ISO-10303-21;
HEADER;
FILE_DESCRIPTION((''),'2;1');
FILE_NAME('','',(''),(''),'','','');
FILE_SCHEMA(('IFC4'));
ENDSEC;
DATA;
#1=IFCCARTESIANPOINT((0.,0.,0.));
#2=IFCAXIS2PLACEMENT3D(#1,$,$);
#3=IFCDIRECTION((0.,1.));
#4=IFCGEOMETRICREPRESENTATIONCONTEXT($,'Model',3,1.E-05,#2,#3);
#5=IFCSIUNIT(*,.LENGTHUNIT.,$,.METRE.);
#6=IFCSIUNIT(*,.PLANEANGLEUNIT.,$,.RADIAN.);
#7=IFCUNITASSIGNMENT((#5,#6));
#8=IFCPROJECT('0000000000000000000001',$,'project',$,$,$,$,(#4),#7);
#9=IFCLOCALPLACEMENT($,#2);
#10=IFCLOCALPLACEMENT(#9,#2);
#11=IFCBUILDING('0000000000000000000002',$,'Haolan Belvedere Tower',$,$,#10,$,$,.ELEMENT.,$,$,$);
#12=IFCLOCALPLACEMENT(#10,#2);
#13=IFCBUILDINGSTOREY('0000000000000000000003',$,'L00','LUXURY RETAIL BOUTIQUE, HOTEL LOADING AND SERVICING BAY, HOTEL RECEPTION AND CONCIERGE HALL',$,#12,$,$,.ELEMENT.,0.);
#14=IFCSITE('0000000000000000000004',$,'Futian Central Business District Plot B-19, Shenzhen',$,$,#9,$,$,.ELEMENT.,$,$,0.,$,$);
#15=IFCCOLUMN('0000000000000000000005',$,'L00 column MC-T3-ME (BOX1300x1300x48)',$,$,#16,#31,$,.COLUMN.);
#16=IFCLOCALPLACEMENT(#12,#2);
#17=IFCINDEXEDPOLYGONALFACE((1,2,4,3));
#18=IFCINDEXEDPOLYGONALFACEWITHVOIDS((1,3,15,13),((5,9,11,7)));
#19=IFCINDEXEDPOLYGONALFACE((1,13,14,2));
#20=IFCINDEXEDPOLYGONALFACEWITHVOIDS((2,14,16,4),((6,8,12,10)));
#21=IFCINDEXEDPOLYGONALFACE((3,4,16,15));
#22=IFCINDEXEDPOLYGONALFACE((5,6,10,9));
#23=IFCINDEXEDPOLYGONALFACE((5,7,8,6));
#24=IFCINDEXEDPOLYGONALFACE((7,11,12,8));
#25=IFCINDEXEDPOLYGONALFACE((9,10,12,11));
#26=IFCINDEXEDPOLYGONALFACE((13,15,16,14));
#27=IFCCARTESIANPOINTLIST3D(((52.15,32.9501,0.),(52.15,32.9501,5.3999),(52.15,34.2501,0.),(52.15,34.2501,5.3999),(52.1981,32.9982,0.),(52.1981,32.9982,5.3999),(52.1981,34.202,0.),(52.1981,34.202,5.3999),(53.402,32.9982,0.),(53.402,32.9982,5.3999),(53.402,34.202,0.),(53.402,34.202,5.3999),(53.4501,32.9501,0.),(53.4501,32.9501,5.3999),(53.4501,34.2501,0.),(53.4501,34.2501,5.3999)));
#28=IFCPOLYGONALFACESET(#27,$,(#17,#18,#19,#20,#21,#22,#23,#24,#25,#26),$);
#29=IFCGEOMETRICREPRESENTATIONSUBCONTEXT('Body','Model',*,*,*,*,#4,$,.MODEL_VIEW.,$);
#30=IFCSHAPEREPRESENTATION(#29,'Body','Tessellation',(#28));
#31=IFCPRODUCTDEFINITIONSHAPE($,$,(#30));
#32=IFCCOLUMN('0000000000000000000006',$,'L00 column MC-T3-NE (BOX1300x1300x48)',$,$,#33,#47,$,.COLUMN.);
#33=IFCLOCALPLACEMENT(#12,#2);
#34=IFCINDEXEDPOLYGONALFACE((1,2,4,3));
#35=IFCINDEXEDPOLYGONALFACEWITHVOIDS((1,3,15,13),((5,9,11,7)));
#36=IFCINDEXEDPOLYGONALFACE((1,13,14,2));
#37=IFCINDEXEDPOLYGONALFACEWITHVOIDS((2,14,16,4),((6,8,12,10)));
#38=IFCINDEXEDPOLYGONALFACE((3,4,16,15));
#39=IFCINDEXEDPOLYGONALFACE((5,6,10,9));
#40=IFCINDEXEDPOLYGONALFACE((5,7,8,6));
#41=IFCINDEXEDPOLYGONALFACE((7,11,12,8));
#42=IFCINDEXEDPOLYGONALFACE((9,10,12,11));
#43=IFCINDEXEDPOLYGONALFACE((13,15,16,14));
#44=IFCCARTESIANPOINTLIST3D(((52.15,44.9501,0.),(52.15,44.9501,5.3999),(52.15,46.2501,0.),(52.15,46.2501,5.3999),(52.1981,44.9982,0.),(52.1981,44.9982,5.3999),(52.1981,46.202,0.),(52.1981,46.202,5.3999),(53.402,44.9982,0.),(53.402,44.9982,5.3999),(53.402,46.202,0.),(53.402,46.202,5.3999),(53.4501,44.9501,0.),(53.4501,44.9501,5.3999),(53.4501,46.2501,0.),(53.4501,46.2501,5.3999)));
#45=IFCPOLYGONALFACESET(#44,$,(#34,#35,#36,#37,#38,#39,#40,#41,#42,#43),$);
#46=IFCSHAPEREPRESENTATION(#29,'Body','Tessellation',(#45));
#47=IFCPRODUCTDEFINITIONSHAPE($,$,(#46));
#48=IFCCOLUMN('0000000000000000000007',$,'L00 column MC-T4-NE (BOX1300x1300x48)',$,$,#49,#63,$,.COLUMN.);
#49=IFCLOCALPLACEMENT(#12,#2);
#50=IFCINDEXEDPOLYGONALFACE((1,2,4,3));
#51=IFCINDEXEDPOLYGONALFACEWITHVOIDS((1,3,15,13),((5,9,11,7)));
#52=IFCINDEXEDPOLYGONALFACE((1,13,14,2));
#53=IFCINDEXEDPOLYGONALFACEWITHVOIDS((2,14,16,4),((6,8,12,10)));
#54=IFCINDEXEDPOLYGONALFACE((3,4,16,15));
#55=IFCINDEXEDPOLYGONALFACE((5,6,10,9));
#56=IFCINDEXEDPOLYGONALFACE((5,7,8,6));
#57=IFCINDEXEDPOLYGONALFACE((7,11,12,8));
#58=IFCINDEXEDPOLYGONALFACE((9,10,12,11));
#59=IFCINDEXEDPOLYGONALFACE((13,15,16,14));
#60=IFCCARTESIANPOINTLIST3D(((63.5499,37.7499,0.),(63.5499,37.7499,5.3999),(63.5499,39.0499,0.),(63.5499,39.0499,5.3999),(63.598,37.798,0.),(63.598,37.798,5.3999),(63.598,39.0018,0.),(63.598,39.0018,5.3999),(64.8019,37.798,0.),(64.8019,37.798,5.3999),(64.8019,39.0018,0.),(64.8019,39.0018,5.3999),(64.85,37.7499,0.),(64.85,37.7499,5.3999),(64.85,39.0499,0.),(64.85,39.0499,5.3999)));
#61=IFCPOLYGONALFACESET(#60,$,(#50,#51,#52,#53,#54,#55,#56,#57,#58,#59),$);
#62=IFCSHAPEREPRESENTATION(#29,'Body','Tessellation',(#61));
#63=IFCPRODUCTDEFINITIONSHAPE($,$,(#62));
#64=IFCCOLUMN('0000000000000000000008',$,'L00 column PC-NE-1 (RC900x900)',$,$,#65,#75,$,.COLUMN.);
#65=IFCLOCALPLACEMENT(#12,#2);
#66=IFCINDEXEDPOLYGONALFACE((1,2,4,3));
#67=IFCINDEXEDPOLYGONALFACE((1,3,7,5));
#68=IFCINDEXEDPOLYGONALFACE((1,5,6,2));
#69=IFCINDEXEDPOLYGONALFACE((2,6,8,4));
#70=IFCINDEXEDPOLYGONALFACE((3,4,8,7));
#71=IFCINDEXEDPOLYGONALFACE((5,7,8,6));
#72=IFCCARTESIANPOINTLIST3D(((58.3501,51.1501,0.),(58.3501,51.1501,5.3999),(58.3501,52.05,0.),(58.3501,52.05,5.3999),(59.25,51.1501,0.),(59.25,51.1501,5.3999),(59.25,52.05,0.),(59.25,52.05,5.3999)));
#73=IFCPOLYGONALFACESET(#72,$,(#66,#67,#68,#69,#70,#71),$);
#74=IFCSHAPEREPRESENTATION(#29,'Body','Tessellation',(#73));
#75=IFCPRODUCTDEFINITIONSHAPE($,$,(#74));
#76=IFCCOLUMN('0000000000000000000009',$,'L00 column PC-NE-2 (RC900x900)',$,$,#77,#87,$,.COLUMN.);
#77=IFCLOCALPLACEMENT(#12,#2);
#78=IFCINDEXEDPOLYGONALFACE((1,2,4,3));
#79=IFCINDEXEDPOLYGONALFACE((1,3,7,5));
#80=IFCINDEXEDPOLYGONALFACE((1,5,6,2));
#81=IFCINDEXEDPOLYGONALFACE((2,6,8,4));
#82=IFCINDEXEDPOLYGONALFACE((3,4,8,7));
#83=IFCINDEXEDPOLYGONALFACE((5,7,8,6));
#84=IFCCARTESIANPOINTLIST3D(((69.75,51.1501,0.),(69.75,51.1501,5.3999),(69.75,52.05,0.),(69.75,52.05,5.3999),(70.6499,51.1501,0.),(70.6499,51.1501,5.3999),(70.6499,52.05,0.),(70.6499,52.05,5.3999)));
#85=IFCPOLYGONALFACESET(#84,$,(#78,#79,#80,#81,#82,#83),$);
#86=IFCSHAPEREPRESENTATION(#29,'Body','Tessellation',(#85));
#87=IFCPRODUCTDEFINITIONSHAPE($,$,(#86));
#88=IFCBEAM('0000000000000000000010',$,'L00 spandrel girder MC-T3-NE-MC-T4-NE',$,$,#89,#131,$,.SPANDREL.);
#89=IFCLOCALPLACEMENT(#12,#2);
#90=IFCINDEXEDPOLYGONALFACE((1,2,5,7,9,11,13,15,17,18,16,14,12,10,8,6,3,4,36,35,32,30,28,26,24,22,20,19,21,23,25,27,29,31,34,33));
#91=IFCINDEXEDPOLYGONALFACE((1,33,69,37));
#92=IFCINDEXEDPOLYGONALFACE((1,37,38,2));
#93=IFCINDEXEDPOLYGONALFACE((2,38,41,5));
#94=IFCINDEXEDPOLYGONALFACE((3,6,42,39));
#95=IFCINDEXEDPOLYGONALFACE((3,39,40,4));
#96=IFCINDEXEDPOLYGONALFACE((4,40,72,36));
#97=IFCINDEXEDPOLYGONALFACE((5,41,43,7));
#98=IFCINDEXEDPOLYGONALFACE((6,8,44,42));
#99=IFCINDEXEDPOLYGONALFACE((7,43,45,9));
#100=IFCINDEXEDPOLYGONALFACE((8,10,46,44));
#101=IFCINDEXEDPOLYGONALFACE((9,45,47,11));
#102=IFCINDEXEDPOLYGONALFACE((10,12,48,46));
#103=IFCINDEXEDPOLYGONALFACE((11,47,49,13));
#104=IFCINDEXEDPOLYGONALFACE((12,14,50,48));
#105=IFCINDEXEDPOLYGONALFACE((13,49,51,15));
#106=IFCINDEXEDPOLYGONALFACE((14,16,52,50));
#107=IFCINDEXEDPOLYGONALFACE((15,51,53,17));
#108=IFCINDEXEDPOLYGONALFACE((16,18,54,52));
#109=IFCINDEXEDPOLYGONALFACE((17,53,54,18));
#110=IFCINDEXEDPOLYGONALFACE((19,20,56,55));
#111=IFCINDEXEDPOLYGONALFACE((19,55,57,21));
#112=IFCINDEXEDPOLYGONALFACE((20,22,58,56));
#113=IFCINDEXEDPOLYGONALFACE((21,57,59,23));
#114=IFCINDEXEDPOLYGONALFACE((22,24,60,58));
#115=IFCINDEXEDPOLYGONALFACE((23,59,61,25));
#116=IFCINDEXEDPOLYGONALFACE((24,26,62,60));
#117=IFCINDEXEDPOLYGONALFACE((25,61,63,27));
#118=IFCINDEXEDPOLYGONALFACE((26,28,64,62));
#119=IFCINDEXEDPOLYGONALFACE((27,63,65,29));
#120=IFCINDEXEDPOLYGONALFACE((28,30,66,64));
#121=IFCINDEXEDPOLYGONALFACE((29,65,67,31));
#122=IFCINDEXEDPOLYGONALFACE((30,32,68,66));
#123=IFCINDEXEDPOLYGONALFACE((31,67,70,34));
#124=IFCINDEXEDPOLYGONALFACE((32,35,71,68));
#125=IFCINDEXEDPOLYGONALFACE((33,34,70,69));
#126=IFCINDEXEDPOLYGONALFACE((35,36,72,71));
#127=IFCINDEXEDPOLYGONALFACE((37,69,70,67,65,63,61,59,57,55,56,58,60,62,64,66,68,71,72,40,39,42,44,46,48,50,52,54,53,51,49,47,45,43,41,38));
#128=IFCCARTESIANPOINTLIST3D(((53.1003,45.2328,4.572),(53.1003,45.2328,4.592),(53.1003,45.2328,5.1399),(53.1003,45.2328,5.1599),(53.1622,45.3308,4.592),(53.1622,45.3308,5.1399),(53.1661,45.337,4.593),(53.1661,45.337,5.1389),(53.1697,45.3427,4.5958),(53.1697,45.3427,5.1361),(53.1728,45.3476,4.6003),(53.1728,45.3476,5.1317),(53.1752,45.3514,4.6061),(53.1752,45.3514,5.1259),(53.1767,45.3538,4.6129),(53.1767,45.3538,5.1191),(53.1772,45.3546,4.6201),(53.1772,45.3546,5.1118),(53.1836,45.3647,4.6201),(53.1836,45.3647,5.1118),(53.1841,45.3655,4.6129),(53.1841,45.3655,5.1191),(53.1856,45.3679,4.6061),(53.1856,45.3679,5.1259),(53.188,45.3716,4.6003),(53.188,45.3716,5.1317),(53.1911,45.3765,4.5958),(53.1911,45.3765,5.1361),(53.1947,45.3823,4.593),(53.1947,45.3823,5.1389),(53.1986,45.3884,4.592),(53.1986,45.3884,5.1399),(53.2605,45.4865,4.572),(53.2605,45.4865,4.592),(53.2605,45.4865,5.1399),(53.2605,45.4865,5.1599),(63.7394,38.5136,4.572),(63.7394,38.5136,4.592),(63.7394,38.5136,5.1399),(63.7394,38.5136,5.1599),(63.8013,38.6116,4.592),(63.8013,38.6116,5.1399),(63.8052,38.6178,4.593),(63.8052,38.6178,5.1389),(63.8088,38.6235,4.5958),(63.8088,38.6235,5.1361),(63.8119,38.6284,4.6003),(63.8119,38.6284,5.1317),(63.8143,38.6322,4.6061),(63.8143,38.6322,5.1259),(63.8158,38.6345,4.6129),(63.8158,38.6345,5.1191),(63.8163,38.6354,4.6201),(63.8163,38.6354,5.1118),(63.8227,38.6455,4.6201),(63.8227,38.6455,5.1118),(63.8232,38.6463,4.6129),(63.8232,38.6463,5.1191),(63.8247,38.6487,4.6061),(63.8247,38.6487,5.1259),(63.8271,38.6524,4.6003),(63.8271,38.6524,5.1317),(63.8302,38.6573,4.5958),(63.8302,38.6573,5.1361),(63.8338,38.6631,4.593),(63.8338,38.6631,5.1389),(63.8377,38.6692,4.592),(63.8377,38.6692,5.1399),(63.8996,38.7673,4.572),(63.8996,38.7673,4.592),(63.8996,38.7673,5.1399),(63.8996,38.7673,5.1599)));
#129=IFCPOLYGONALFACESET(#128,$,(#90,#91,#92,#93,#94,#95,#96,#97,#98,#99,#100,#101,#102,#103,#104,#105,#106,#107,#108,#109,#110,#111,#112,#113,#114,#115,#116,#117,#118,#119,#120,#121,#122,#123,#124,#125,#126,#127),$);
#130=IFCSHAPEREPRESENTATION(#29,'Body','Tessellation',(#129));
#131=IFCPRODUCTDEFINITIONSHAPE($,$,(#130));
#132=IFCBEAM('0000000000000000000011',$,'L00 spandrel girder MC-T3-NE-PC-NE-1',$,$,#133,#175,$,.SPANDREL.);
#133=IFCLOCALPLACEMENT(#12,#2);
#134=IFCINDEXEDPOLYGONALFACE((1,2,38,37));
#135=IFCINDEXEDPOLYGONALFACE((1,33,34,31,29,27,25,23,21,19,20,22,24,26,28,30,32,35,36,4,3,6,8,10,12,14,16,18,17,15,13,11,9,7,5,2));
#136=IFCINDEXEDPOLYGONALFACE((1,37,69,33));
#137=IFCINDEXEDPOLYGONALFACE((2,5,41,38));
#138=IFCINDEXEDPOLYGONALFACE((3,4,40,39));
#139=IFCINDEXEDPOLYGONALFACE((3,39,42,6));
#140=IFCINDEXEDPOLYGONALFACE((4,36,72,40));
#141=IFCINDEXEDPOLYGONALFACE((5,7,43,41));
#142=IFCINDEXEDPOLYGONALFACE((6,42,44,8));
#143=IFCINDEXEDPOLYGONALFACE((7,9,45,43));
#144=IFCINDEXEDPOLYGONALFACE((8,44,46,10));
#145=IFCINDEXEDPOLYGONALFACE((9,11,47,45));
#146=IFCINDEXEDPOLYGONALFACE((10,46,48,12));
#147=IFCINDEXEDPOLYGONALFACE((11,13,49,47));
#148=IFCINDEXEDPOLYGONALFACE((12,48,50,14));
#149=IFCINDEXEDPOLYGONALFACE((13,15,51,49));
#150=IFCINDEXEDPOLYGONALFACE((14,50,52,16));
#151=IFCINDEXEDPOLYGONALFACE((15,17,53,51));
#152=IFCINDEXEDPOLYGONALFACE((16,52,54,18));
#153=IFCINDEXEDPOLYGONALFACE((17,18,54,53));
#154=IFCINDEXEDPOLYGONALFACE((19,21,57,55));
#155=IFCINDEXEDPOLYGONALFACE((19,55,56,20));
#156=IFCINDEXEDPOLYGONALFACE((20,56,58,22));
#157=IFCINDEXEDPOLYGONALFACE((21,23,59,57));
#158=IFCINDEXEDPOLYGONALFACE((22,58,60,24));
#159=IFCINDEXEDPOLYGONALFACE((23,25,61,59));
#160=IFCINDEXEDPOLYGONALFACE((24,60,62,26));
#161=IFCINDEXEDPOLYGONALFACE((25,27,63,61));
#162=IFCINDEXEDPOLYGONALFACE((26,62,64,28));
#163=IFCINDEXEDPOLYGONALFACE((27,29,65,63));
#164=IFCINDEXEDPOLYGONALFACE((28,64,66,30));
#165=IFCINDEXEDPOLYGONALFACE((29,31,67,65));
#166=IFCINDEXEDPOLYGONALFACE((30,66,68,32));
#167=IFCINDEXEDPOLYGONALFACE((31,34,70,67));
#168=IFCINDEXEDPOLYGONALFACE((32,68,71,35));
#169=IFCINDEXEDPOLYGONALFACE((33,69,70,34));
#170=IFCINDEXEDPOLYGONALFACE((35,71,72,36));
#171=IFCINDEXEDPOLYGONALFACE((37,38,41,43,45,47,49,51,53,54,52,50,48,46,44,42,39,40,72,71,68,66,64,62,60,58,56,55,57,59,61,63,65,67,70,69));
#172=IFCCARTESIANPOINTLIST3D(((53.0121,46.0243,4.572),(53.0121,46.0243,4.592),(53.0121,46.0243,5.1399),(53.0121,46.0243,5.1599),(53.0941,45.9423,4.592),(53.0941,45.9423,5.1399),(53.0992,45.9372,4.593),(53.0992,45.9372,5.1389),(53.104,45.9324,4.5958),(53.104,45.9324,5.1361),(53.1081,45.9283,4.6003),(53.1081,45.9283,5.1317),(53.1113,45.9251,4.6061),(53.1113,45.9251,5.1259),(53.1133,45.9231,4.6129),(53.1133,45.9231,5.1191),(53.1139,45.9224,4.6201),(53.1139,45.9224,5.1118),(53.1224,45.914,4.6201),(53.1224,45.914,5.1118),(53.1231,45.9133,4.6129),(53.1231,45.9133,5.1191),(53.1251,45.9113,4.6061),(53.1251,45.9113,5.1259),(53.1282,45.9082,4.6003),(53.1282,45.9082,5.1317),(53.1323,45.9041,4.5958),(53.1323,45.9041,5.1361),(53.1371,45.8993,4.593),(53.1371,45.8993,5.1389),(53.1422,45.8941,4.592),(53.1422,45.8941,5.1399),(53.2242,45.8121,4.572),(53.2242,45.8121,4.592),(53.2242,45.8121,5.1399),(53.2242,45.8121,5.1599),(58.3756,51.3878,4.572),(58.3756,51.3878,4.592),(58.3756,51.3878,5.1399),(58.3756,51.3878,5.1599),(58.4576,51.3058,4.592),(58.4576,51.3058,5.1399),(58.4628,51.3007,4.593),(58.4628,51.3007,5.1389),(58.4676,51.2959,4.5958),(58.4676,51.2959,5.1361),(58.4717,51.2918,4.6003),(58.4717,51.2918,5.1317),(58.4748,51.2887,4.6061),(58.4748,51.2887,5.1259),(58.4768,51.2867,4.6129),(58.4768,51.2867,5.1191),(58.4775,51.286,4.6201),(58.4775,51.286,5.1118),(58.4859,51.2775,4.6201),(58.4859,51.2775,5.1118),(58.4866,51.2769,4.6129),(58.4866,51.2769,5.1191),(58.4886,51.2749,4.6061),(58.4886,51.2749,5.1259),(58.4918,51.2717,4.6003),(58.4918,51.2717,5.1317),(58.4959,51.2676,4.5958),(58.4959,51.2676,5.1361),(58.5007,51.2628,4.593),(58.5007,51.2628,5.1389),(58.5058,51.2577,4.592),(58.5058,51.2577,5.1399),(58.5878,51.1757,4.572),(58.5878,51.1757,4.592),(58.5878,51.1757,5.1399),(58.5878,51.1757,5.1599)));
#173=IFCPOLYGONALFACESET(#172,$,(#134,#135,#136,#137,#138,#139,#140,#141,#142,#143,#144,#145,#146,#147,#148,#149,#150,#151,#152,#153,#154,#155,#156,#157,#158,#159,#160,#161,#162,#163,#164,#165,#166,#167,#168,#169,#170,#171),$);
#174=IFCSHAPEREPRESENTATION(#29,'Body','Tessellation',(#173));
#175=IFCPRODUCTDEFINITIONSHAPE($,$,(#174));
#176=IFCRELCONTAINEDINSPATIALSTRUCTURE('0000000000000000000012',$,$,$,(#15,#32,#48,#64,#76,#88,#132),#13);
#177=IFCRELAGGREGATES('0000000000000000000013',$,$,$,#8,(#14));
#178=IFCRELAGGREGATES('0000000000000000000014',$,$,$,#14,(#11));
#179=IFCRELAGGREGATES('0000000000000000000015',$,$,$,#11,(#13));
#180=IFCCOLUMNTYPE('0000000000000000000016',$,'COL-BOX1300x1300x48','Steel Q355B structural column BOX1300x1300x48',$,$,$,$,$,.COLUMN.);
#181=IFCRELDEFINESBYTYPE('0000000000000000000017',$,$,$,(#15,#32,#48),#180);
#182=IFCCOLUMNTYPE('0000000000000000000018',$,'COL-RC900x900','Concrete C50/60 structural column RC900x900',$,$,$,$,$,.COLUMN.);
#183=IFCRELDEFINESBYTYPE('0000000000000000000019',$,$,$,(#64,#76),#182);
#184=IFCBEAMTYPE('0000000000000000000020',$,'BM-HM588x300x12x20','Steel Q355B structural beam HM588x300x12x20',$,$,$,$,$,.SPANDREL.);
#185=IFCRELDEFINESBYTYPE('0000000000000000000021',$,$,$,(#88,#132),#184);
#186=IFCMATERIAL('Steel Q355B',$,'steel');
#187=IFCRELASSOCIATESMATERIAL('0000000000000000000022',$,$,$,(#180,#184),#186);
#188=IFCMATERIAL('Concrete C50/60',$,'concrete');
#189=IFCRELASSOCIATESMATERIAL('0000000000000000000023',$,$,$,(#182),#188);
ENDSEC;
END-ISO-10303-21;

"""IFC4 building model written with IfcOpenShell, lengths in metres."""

from ifc_helpers import new_model, si_unit, direction, frame, origin, origin_2d, place, context, subcontext, project, spatial, rectangle, hollow_rectangle, i_section, extrude, material, material_profile, profile_set, type_object, element, save


model = new_model("IFC4")

# Units and contexts
model_context = context("Model", 3, precision=1e-05, world=origin(), true_north=direction((0.0, 1.0)))
body_context = subcontext(model_context, "Body", "Model", "MODEL_VIEW")
ifc_project = project(units=[si_unit("LENGTHUNIT", "METRE"), si_unit("PLANEANGLEUNIT", "RADIAN")], contexts=[model_context])

# Site, building, storey
site_placement = place(None, origin())
site = spatial("IfcSite", under=ifc_project, at=site_placement, Name="Futian Central Business District Plot B-19, Shenzhen", CompositionType="ELEMENT", RefElevation=0.0)
building_placement = place(site_placement, origin())
building = spatial("IfcBuilding", under=site, at=building_placement, Name="Haolan Belvedere Tower", CompositionType="ELEMENT")
storey_placement = place(building_placement, origin())
storey = spatial("IfcBuildingStorey", under=building, at=storey_placement, Name="L00", Description="LUXURY RETAIL BOUTIQUE, HOTEL LOADING AND SERVICING BAY, HOTEL RECEPTION AND CONCIERGE HALL", CompositionType="ELEMENT", Elevation=0.0)

# Columns
ifc_material_1 = material(Name="Steel Q355B", Category="steel")
ifc_material_profile_1 = material_profile(ifc_material_1, hollow_rectangle(XDim=1.3, YDim=1.3, WallThickness=0.0481, at=origin_2d()), Name="Steel Q355B")
ifc_profile_set_1 = profile_set([ifc_material_profile_1], Name="Steel Q355B")
column_type_1 = type_object("IfcColumnType", Name="COL-BOX1300x1300x48", Description="Steel Q355B structural column BOX1300x1300x48", PredefinedType="COLUMN", material=ifc_profile_set_1)
for number, where, z_axis, x_axis, name in (
    (1, (52.8, 33.6001, 0.0), (0.0, 0.0, 1.0), (1.0, 0.0, 0.0), "L00 column MC-T3-ME (BOX1300x1300x48)"),
    (2, (52.8, 45.6001, 0.0), (0.0, 0.0, 1.0), (1.0, 0.0, 0.0), "L00 column MC-T3-NE (BOX1300x1300x48)"),
    (3, (64.2, 38.3999, 0.0), (0.0, 0.0, 1.0), (1.0, 0.0, 0.0), "L00 column MC-T4-NE (BOX1300x1300x48)"),
):
    element("IfcColumn", number, at=place(storey_placement, frame(where, z_axis=z_axis, x_axis=x_axis)), inside=storey, type_object=column_type_1, Name=name, PredefinedType="COLUMN", context=body_context, shape_type="SweptSolid", body=[
        extrude(hollow_rectangle(XDim=1.3, YDim=1.3, WallThickness=0.0481, at=origin_2d()), origin(), (0.0, 0.0, 1.0), 5.3999),
    ])
ifc_material_2 = material(Name="Concrete C50/60", Category="concrete")
ifc_material_profile_2 = material_profile(ifc_material_2, rectangle(XDim=0.8999, YDim=0.8999, at=origin_2d()), Name="Concrete C50/60")
ifc_profile_set_2 = profile_set([ifc_material_profile_2], Name="Concrete C50/60")
column_type_2 = type_object("IfcColumnType", Name="COL-RC900x900", Description="Concrete C50/60 structural column RC900x900", PredefinedType="COLUMN", material=ifc_profile_set_2)
for number, where, z_axis, x_axis, name in (
    (4, (58.8, 51.6001, 0.0), (0.0, 0.0, 1.0), (1.0, 0.0, 0.0), "L00 column PC-NE-1 (RC900x900)"),
    (5, (70.2, 51.6001, 0.0), (0.0, 0.0, 1.0), (1.0, 0.0, 0.0), "L00 column PC-NE-2 (RC900x900)"),
):
    element("IfcColumn", number, at=place(storey_placement, frame(where, z_axis=z_axis, x_axis=x_axis)), inside=storey, type_object=column_type_2, Name=name, PredefinedType="COLUMN", context=body_context, shape_type="SweptSolid", body=[
        extrude(rectangle(XDim=0.8999, YDim=0.8999, at=origin_2d()), origin(), (0.0, 0.0, 1.0), 5.3999),
    ])

# Beams
ifc_material_profile_3 = material_profile(ifc_material_1, i_section(OverallWidth=0.3, OverallDepth=0.5879, WebThickness=0.012, FlangeThickness=0.02, FilletRadius=0.0281, at=origin_2d()), Name="Steel Q355B")
ifc_profile_set_3 = profile_set([ifc_material_profile_3], Name="Steel Q355B")
beam_type_1 = type_object("IfcBeamType", Name="BM-HM588x300x12x20", Description="Steel Q355B structural beam HM588x300x12x20", PredefinedType="SPANDREL", material=ifc_profile_set_3)
beam_1_placement = place(storey_placement, frame((53.1804, 45.3596, 4.866), z_axis=(0.845497, -0.53398, 0.0), x_axis=(0.53398, 0.845497, 0.0)))
element("IfcBeam", 6, at=beam_1_placement, inside=storey, type_object=beam_type_1, Name="L00 spandrel girder MC-T3-NE-MC-T4-NE", PredefinedType="SPANDREL", context=body_context, shape_type="SweptSolid", body=[
    extrude(i_section(OverallWidth=0.3, OverallDepth=0.5879, WebThickness=0.012, FlangeThickness=0.02, FilletRadius=0.0281, at=origin_2d()), origin(), (0.0, 0.0, 1.0), 12.5833),
])
beam_2_placement = place(storey_placement, frame((53.1182, 45.9182, 4.866), z_axis=(0.707107, 0.707107, 0.0), x_axis=(-0.707107, 0.707107, 0.0)))
element("IfcBeam", 7, at=beam_2_placement, inside=storey, type_object=beam_type_1, Name="L00 spandrel girder MC-T3-NE-PC-NE-1", PredefinedType="SPANDREL", context=body_context, shape_type="SweptSolid", body=[
    extrude(i_section(OverallWidth=0.3, OverallDepth=0.5879, WebThickness=0.012, FlangeThickness=0.02, FilletRadius=0.0281, at=origin_2d()), origin(), (0.0, 0.0, 1.0), 7.5852),
])

save(model, "model.ifc")
